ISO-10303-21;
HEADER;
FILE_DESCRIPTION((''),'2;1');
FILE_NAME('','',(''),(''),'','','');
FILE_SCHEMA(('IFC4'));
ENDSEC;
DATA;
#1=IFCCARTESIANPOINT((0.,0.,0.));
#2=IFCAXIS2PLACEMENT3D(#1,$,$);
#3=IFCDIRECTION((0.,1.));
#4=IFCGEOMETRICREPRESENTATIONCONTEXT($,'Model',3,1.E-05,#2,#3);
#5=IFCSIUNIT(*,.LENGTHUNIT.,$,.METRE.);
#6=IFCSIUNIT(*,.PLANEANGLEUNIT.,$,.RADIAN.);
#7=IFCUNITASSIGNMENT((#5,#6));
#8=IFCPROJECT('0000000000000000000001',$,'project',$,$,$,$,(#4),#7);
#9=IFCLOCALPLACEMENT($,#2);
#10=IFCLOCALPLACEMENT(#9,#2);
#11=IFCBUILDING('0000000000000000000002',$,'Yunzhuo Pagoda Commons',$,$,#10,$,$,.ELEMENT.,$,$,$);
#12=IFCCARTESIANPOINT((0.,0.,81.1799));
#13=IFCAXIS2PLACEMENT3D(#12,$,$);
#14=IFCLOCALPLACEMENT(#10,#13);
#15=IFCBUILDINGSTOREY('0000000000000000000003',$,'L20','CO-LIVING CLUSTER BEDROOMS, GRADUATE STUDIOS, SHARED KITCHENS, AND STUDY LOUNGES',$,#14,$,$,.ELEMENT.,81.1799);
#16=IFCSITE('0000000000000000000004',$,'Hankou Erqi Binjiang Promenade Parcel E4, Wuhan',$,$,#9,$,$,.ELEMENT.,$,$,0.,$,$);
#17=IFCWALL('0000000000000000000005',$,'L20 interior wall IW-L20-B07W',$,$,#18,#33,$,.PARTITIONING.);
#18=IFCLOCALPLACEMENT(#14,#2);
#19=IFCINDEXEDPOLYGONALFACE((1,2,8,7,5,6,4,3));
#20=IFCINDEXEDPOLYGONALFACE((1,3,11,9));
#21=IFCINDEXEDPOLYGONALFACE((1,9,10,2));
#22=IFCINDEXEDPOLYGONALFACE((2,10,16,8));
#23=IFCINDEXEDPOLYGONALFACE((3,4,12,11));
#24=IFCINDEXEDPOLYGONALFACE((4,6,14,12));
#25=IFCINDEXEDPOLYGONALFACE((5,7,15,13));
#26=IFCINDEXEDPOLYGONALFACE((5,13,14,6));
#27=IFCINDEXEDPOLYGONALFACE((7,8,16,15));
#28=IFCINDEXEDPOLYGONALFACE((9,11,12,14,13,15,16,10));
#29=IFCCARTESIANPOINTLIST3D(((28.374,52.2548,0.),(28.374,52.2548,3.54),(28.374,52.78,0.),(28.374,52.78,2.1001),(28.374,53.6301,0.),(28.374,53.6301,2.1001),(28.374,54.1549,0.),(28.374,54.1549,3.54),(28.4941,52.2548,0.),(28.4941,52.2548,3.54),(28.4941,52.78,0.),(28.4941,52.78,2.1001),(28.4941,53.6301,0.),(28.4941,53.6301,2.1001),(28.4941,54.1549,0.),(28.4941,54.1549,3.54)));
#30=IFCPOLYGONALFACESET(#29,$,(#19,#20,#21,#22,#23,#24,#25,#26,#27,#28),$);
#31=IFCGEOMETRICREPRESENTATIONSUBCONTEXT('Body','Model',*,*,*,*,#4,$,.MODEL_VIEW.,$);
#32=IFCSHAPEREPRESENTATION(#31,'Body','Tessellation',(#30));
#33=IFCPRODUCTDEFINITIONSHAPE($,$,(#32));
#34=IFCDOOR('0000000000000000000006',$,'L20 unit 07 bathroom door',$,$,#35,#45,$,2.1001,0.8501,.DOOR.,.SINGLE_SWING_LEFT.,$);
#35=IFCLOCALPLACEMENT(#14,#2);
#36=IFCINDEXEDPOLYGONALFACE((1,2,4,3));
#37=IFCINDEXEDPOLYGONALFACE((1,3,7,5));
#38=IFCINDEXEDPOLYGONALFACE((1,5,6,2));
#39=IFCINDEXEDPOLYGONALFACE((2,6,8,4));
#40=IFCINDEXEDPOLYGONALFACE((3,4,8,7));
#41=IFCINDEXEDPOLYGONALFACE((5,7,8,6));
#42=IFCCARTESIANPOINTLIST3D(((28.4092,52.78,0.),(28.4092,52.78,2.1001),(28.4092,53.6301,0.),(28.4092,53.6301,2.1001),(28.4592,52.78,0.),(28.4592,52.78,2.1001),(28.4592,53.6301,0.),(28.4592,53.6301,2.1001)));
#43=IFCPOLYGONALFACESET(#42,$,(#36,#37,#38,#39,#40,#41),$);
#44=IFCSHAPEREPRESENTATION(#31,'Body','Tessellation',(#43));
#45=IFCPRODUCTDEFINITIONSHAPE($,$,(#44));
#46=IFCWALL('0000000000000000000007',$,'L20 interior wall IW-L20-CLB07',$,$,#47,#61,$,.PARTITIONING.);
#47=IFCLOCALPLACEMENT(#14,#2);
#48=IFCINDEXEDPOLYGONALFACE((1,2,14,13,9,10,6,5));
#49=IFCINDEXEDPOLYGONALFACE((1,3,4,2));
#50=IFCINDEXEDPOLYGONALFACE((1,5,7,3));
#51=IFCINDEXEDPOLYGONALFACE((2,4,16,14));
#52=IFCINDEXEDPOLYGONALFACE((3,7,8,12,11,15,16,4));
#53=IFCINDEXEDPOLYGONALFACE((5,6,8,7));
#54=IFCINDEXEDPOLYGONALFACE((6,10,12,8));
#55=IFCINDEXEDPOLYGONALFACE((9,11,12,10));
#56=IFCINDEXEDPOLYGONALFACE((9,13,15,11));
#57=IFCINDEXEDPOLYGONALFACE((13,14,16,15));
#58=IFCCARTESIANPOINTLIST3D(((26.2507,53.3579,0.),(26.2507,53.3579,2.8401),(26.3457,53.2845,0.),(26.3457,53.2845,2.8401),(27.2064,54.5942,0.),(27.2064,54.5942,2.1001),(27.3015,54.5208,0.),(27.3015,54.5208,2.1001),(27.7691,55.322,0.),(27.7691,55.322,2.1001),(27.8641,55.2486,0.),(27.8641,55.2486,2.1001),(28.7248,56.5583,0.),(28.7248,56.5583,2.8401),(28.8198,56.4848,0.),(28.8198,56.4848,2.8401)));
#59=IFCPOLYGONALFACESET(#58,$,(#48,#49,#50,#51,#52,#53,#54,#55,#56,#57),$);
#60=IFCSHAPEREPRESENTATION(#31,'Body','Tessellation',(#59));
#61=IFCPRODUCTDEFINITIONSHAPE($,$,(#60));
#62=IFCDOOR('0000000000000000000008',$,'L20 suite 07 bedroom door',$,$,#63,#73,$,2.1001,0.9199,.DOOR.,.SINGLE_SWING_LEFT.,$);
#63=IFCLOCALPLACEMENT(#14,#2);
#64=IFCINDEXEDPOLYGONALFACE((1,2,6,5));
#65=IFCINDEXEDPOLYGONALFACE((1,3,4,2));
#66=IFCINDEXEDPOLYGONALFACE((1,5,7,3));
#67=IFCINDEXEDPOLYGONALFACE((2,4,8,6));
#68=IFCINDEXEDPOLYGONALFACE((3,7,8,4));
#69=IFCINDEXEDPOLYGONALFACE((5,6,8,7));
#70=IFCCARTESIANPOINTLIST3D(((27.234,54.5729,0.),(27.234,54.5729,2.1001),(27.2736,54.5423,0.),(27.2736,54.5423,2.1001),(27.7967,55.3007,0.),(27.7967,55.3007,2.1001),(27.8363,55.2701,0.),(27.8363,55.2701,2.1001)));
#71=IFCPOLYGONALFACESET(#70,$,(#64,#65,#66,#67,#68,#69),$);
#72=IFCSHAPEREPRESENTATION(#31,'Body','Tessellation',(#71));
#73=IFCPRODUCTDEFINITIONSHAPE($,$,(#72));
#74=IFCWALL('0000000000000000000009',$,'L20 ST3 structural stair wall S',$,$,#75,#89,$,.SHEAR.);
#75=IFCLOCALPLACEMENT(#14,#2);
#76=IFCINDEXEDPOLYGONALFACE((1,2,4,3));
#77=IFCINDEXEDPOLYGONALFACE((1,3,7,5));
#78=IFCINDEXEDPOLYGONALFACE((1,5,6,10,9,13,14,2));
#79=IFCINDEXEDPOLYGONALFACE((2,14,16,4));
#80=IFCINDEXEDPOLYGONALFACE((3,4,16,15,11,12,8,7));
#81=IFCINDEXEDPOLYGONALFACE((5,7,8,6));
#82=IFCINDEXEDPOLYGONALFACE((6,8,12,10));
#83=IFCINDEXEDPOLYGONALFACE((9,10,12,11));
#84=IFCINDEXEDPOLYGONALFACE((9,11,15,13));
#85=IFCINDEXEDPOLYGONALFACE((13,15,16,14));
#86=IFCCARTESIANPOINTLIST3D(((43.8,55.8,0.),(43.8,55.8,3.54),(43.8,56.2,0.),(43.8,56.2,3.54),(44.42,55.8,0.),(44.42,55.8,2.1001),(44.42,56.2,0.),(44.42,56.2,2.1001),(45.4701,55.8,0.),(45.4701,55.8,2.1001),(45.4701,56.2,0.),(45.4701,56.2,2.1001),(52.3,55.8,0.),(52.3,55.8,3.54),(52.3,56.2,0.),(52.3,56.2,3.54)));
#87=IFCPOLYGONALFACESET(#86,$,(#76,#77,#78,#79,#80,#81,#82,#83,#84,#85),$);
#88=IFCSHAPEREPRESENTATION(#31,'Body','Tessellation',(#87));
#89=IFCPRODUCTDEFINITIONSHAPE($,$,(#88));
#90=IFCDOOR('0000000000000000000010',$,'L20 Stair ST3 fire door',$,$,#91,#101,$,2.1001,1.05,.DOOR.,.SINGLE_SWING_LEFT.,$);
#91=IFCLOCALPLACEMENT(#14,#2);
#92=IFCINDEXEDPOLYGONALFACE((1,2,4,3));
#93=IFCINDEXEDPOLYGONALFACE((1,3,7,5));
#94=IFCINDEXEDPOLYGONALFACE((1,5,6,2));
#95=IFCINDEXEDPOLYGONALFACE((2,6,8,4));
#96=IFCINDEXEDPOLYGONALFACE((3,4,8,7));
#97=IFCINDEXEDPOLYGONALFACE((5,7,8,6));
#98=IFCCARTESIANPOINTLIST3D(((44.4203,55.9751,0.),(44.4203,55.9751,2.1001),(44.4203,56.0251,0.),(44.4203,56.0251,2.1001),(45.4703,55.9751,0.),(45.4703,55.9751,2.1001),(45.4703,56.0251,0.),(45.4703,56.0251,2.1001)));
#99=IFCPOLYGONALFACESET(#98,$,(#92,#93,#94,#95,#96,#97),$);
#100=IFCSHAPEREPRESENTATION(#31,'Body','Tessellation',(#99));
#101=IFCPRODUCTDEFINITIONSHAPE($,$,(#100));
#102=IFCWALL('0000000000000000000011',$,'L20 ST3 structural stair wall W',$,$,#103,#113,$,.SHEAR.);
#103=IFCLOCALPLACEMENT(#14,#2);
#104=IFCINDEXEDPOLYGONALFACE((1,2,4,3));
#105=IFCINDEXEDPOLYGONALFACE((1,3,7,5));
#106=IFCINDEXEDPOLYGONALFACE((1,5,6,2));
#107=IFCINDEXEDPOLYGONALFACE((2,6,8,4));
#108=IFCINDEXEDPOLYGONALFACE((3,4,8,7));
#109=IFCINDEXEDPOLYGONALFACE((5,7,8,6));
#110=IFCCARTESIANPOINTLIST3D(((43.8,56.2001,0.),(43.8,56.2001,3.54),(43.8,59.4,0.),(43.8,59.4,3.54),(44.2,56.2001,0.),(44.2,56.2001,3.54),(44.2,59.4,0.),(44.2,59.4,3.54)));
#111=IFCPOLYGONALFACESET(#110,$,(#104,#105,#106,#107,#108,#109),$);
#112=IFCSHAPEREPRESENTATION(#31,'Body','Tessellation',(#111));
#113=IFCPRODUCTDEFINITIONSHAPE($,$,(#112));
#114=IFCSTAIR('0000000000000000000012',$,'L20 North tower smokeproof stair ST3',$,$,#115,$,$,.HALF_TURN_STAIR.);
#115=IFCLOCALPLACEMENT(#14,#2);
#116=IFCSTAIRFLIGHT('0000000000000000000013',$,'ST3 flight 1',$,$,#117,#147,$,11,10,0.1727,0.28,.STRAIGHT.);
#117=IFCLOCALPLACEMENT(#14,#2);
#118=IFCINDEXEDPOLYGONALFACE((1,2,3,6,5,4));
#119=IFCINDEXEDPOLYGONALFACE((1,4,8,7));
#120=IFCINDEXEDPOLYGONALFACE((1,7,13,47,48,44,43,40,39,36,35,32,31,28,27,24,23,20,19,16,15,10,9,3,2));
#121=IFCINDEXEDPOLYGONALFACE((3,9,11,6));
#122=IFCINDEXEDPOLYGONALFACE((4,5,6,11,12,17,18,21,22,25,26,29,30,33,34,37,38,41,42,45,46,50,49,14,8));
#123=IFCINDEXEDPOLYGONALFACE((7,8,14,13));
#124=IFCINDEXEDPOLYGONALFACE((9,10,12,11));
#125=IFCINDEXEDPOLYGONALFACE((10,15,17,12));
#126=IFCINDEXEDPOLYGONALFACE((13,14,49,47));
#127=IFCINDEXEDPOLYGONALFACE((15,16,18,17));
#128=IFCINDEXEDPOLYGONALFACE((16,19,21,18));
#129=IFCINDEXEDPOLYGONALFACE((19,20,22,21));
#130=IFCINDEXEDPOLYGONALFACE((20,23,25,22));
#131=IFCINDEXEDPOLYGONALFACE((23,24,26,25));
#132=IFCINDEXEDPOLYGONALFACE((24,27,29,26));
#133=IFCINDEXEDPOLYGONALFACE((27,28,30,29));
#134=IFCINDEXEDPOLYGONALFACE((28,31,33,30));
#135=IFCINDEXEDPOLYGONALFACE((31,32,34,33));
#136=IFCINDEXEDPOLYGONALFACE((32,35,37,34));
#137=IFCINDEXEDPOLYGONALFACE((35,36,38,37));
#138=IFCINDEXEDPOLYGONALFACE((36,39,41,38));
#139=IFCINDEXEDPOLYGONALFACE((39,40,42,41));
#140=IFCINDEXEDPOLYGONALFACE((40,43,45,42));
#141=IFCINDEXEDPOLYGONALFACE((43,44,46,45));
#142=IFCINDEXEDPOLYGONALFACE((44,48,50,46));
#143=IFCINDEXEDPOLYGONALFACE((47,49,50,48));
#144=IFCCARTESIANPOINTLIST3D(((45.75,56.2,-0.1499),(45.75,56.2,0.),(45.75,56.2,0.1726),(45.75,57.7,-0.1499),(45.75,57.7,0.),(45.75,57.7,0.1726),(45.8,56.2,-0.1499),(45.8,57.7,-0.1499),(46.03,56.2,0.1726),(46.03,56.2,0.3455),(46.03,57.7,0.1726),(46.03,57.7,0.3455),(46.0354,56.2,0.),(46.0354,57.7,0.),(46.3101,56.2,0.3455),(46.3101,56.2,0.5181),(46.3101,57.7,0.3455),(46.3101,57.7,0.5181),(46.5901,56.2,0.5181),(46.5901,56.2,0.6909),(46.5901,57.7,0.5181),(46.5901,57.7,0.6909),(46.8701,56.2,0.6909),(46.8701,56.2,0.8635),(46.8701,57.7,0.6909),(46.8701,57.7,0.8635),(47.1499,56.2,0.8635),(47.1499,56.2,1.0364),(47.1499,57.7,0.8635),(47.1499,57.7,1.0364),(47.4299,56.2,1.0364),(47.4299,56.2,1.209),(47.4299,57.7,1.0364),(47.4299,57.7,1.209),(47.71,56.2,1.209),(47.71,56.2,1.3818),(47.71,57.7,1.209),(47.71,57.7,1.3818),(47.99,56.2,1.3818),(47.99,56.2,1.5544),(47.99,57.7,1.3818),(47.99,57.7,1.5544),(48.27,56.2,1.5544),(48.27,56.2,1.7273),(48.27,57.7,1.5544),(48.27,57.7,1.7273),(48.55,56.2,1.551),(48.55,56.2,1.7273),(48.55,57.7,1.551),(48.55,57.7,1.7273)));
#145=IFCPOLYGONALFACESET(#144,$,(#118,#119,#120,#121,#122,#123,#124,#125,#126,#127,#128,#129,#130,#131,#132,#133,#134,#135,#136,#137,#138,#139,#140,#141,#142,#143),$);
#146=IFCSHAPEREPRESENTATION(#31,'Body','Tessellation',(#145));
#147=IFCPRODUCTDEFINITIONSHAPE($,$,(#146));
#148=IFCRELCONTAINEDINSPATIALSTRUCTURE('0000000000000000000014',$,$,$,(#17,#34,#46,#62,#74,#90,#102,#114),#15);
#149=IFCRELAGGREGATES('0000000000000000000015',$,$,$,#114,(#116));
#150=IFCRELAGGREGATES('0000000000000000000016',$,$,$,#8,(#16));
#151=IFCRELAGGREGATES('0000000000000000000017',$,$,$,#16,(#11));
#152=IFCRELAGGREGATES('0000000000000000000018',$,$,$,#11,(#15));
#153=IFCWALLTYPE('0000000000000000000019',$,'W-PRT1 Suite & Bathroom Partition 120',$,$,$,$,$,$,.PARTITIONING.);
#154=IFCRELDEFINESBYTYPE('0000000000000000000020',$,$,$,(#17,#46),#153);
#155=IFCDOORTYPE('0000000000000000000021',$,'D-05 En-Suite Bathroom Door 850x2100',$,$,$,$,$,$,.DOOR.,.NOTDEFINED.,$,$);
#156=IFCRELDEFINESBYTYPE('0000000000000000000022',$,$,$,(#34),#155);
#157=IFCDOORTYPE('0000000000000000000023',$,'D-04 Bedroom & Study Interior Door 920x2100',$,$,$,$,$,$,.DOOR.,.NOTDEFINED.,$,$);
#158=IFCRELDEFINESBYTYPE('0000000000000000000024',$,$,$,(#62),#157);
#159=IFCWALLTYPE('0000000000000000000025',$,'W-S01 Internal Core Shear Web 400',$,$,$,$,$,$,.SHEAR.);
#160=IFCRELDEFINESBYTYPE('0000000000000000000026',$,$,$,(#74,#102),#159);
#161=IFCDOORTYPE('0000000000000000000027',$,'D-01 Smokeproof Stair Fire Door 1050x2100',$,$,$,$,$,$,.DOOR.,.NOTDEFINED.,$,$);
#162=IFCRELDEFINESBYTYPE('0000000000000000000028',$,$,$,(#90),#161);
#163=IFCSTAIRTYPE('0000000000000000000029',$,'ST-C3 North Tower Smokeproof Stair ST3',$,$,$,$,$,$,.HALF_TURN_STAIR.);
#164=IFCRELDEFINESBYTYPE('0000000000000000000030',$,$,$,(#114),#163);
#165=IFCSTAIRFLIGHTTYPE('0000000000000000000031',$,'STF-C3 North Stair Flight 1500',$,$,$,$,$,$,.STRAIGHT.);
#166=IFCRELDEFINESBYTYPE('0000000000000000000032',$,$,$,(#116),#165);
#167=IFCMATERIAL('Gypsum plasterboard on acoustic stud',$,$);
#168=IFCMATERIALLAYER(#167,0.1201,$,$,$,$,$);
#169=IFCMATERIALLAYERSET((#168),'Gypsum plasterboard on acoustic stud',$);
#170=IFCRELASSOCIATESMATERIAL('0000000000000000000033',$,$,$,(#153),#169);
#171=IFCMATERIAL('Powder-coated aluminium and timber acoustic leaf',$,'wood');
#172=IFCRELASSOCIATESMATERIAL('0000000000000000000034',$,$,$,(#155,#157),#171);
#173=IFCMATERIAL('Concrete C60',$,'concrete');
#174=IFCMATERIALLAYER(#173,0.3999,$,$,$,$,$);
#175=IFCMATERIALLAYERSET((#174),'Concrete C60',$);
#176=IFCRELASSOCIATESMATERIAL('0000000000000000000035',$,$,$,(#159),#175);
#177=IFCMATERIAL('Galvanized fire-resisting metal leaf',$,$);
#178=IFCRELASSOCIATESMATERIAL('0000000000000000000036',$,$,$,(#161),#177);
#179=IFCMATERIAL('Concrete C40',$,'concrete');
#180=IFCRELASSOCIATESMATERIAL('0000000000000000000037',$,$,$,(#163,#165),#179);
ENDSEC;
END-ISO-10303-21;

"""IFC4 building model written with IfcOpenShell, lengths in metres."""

from ifc_helpers import new_model, si_unit, direction, frame, frame_2d, origin, origin_with_axes, place, context, subcontext, project, spatial, polyline, rectangle, outline, extrude, source, transform, mapped, material, layer, layer_set, type_object, element, fill, aggregate, save


model = new_model("IFC4")

# Units and contexts
model_context = context("Model", 3, precision=1e-05, world=origin(), true_north=direction((0.0, 1.0)))
body_context = subcontext(model_context, "Body", "Model", "MODEL_VIEW")
ifc_project = project(units=[si_unit("LENGTHUNIT", "METRE"), si_unit("PLANEANGLEUNIT", "RADIAN")], contexts=[model_context])

# Site, building, storey
site_placement = place(None, origin())
site = spatial("IfcSite", under=ifc_project, at=site_placement, Name="Hankou Erqi Binjiang Promenade Parcel E4, Wuhan", CompositionType="ELEMENT", RefElevation=0.0)
building_placement = place(site_placement, origin())
building = spatial("IfcBuilding", under=site, at=building_placement, Name="Yunzhuo Pagoda Commons", CompositionType="ELEMENT")
storey_placement = place(building_placement, frame((0.0, 0.0, 81.1799)))
storey = spatial("IfcBuildingStorey", under=building, at=storey_placement, Name="L20", Description="CO-LIVING CLUSTER BEDROOMS, GRADUATE STUDIOS, SHARED KITCHENS, AND STUDY LOUNGES", CompositionType="ELEMENT", Elevation=81.1799)

# Shared definitions
ifc_material_1 = material(Name="Gypsum plasterboard on acoustic stud")
ifc_layer_1 = layer(ifc_material_1, 0.1201)
ifc_layer_set_1 = layer_set([ifc_layer_1], Name="Gypsum plasterboard on acoustic stud")
wall_type_1 = type_object("IfcWallType", Name="W-PRT1 Suite & Bathroom Partition 120", PredefinedType="PARTITIONING", material=ifc_layer_set_1)

# Walls, openings, doors
wall_1_placement = place(storey_placement, frame((28.4341, 54.155, 0.0), z_axis=(0.0, 0.0, 1.0), x_axis=(0.0, -1.0, 0.0)))
wall_1 = element("IfcWall", 1, at=wall_1_placement, inside=storey, type_object=wall_type_1, Name="L20 interior wall IW-L20-B07W", PredefinedType="PARTITIONING", context=body_context, shape_type="SweptSolid", body=[
    extrude(rectangle(XDim=1.9001, YDim=0.1201, at=frame_2d((0.9502, 0.0))), origin(), (0.0, 0.0, 1.0), 3.54),
])
opening_1_placement = place(wall_1_placement, frame((0.5249, 0.0, 0.0)))
opening_1 = element("IfcOpeningElement", 2, at=opening_1_placement, cuts=wall_1, PredefinedType="OPENING", context=body_context, shape_type="SweptSolid", body=[
    extrude(rectangle(XDim=0.8501, YDim=2.1001, at=frame_2d((0.425, 1.05))), frame((0.0, 0.0701, 0.0), z_axis=(0.0, -1.0, 0.0), x_axis=(1.0, 0.0, 0.0)), (0.0, 0.0, 1.0), 0.1401),
])
ifc_material_2 = material(Name="Powder-coated aluminium and timber acoustic leaf", Category="wood")
door_type_1 = type_object("IfcDoorType", Name="D-05 En-Suite Bathroom Door 850x2100", OperationType="NOTDEFINED", PredefinedType="DOOR", material=ifc_material_2)
shared_shape_1 = source(origin(), body_context, "Body", "SweptSolid", [
    extrude(rectangle(XDim=0.8501, YDim=2.1001, at=frame_2d((0.425, 1.05))), frame((0.0, 0.0249, 0.0), z_axis=(0.0, -1.0, 0.0), x_axis=(1.0, 0.0, 0.0)), (0.0, 0.0, 1.0), 0.05),
])
door_1_placement = place(opening_1_placement, frame((0.8501, 0.0, 0.0), z_axis=(0.0, 0.0, 1.0), x_axis=(-1.0, 0.0, 0.0)))
door_1 = element("IfcDoor", 3, at=door_1_placement, inside=storey, type_object=door_type_1, Name="L20 unit 07 bathroom door", OperationType="SINGLE_SWING_LEFT", OverallHeight=2.1001, OverallWidth=0.8501, PredefinedType="DOOR", context=body_context, shape_type="MappedRepresentation", body=[
    mapped(shared_shape_1, transform((0.0, 0.0, 0.0), scale=1.0)),
])
fill(opening_1, door_1)
wall_2_placement = place(storey_placement, frame((28.7722, 56.5215, 0.0), z_axis=(0.0, 0.0, 1.0), x_axis=(-0.611611, -0.791159, 0.0)))
wall_2 = element("IfcWall", 4, at=wall_2_placement, inside=storey, type_object=wall_type_1, Name="L20 interior wall IW-L20-CLB07", PredefinedType="PARTITIONING", context=body_context, shape_type="SweptSolid", body=[
    extrude(rectangle(XDim=4.0452, YDim=0.1201, at=frame_2d((2.0225, 0.0))), origin(), (0.0, 0.0, 1.0), 2.8401),
])
opening_2_placement = place(wall_2_placement, frame((1.5625, 0.0, 0.0)))
opening_2 = element("IfcOpeningElement", 5, at=opening_2_placement, cuts=wall_2, PredefinedType="OPENING", context=body_context, shape_type="SweptSolid", body=[
    extrude(rectangle(XDim=0.9199, YDim=2.1001, at=frame_2d((0.46, 1.05))), frame((0.0, 0.0701, 0.0), z_axis=(0.0, -1.0, 0.0), x_axis=(1.0, 0.0, 0.0)), (0.0, 0.0, 1.0), 0.1401),
])
door_type_2 = type_object("IfcDoorType", Name="D-04 Bedroom & Study Interior Door 920x2100", OperationType="NOTDEFINED", PredefinedType="DOOR", material=ifc_material_2)
shared_shape_2 = source(origin(), body_context, "Body", "SweptSolid", [
    extrude(rectangle(XDim=0.9199, YDim=2.1001, at=frame_2d((0.46, 1.05))), frame((0.0, 0.0249, 0.0), z_axis=(0.0, -1.0, 0.0), x_axis=(1.0, 0.0, 0.0)), (0.0, 0.0, 1.0), 0.05),
])
door_2_placement = place(opening_2_placement, origin_with_axes())
door_2 = element("IfcDoor", 6, at=door_2_placement, inside=storey, type_object=door_type_2, Name="L20 suite 07 bedroom door", OperationType="SINGLE_SWING_LEFT", OverallHeight=2.1001, OverallWidth=0.9199, PredefinedType="DOOR", context=body_context, shape_type="MappedRepresentation", body=[
    mapped(shared_shape_2, transform((0.0, 0.0, 0.0), scale=1.0)),
])
fill(opening_2, door_2)
ifc_material_3 = material(Name="Concrete C60", Category="concrete")
ifc_layer_2 = layer(ifc_material_3, 0.3999)
ifc_layer_set_2 = layer_set([ifc_layer_2], Name="Concrete C60")
wall_type_2 = type_object("IfcWallType", Name="W-S01 Internal Core Shear Web 400", PredefinedType="SHEAR", material=ifc_layer_set_2)
wall_3_placement = place(storey_placement, frame((43.8, 56.0, 0.0), z_axis=(0.0, 0.0, 1.0), x_axis=(1.0, 0.0, 0.0)))
wall_3 = element("IfcWall", 7, at=wall_3_placement, inside=storey, type_object=wall_type_2, Name="L20 ST3 structural stair wall S", PredefinedType="SHEAR", context=body_context, shape_type="SweptSolid", body=[
    extrude(rectangle(XDim=8.5, YDim=0.3999, at=frame_2d((4.25, 0.0))), origin(), (0.0, 0.0, 1.0), 3.54),
])
opening_3_placement = place(wall_3_placement, frame((0.6201, 0.0, 0.0)))
opening_3 = element("IfcOpeningElement", 8, at=opening_3_placement, cuts=wall_3, PredefinedType="OPENING", context=body_context, shape_type="SweptSolid", body=[
    extrude(rectangle(XDim=1.05, YDim=2.1001, at=frame_2d((0.5249, 1.05))), frame((0.0, 0.21, 0.0), z_axis=(0.0, -1.0, 0.0), x_axis=(1.0, 0.0, 0.0)), (0.0, 0.0, 1.0), 0.4199),
])
ifc_material_4 = material(Name="Galvanized fire-resisting metal leaf")
door_type_3 = type_object("IfcDoorType", Name="D-01 Smokeproof Stair Fire Door 1050x2100", OperationType="NOTDEFINED", PredefinedType="DOOR", material=ifc_material_4)
shared_shape_3 = source(origin(), body_context, "Body", "SweptSolid", [
    extrude(rectangle(XDim=1.05, YDim=2.1001, at=frame_2d((0.5249, 1.05))), frame((0.0, 0.0249, 0.0), z_axis=(0.0, -1.0, 0.0), x_axis=(1.0, 0.0, 0.0)), (0.0, 0.0, 1.0), 0.05),
])
door_3_placement = place(opening_3_placement, frame((1.05, 0.0, 0.0), z_axis=(0.0, 0.0, 1.0), x_axis=(-1.0, 0.0, 0.0)))
door_3 = element("IfcDoor", 9, at=door_3_placement, inside=storey, type_object=door_type_3, Name="L20 Stair ST3 fire door", OperationType="SINGLE_SWING_LEFT", OverallHeight=2.1001, OverallWidth=1.05, PredefinedType="DOOR", context=body_context, shape_type="MappedRepresentation", body=[
    mapped(shared_shape_3, transform((0.0, 0.0, 0.0), scale=1.0)),
])
fill(opening_3, door_3)

# Wall
wall_4_placement = place(storey_placement, frame((44.0, 56.2, 0.0), z_axis=(0.0, 0.0, 1.0), x_axis=(0.0, 1.0, 0.0)))
element("IfcWall", 10, at=wall_4_placement, inside=storey, type_object=wall_type_2, Name="L20 ST3 structural stair wall W", PredefinedType="SHEAR", context=body_context, shape_type="SweptSolid", body=[
    extrude(rectangle(XDim=3.2, YDim=0.3999, at=frame_2d((1.6001, 0.0))), origin(), (0.0, 0.0, 1.0), 3.54),
])

# Stair, stair flight
ifc_material_5 = material(Name="Concrete C40", Category="concrete")
stair_type = type_object("IfcStairType", Name="ST-C3 North Tower Smokeproof Stair ST3", PredefinedType="HALF_TURN_STAIR", material=ifc_material_5)
stair_placement = place(storey_placement, origin())
stair = element("IfcStair", 11, at=stair_placement, inside=storey, type_object=stair_type, Name="L20 North tower smokeproof stair ST3", PredefinedType="HALF_TURN_STAIR")
stair_flight_type = type_object("IfcStairFlightType", Name="STF-C3 North Stair Flight 1500", PredefinedType="STRAIGHT", material=ifc_material_5)
shared_shape_4 = source(origin(), body_context, "Body", "SweptSolid", [
    extrude(outline(polyline([(0.0, -0.1499), (0.0, 0.0), (0.0, 0.1726), (0.28, 0.1726), (0.28, 0.3455), (0.5601, 0.3455), (0.5601, 0.5181), (0.8401, 0.5181), (0.8401, 0.6909), (1.1201, 0.6909), (1.1201, 0.8635), (1.3999, 0.8635), (1.3999, 1.0364), (1.6799, 1.0364), (1.6799, 1.209), (1.96, 1.209), (1.96, 1.3818), (2.24, 1.3818), (2.24, 1.5544), (2.52, 1.5544), (2.52, 1.7273), (2.8, 1.7273), (2.8, 1.8999), (2.8, 1.551), (0.2854, 0.0), (0.05, -0.1499), (0.0, -0.1499)])), frame((0.0, 0.75, 0.0), z_axis=(0.0, -1.0, 0.0), x_axis=(1.0, 0.0, 0.0)), (0.0, 0.0, 1.0), 1.5),
])
stair_flight_placement = place(storey_placement, frame((45.75, 56.95, 0.0), z_axis=(0.0, 0.0, 1.0), x_axis=(1.0, 0.0, 0.0)))
stair_flight = element("IfcStairFlight", 12, at=stair_flight_placement, type_object=stair_flight_type, Name="ST3 flight 1", NumberOfRisers=11, NumberOfTreads=10, PredefinedType="STRAIGHT", RiserHeight=0.1727, TreadLength=0.28, context=body_context, shape_type="MappedRepresentation", body=[
    mapped(shared_shape_4, transform((0.0, 0.0, 0.0), scale=1.0)),
])
aggregate(stair, [stair_flight])

save(model, "model.ifc")
